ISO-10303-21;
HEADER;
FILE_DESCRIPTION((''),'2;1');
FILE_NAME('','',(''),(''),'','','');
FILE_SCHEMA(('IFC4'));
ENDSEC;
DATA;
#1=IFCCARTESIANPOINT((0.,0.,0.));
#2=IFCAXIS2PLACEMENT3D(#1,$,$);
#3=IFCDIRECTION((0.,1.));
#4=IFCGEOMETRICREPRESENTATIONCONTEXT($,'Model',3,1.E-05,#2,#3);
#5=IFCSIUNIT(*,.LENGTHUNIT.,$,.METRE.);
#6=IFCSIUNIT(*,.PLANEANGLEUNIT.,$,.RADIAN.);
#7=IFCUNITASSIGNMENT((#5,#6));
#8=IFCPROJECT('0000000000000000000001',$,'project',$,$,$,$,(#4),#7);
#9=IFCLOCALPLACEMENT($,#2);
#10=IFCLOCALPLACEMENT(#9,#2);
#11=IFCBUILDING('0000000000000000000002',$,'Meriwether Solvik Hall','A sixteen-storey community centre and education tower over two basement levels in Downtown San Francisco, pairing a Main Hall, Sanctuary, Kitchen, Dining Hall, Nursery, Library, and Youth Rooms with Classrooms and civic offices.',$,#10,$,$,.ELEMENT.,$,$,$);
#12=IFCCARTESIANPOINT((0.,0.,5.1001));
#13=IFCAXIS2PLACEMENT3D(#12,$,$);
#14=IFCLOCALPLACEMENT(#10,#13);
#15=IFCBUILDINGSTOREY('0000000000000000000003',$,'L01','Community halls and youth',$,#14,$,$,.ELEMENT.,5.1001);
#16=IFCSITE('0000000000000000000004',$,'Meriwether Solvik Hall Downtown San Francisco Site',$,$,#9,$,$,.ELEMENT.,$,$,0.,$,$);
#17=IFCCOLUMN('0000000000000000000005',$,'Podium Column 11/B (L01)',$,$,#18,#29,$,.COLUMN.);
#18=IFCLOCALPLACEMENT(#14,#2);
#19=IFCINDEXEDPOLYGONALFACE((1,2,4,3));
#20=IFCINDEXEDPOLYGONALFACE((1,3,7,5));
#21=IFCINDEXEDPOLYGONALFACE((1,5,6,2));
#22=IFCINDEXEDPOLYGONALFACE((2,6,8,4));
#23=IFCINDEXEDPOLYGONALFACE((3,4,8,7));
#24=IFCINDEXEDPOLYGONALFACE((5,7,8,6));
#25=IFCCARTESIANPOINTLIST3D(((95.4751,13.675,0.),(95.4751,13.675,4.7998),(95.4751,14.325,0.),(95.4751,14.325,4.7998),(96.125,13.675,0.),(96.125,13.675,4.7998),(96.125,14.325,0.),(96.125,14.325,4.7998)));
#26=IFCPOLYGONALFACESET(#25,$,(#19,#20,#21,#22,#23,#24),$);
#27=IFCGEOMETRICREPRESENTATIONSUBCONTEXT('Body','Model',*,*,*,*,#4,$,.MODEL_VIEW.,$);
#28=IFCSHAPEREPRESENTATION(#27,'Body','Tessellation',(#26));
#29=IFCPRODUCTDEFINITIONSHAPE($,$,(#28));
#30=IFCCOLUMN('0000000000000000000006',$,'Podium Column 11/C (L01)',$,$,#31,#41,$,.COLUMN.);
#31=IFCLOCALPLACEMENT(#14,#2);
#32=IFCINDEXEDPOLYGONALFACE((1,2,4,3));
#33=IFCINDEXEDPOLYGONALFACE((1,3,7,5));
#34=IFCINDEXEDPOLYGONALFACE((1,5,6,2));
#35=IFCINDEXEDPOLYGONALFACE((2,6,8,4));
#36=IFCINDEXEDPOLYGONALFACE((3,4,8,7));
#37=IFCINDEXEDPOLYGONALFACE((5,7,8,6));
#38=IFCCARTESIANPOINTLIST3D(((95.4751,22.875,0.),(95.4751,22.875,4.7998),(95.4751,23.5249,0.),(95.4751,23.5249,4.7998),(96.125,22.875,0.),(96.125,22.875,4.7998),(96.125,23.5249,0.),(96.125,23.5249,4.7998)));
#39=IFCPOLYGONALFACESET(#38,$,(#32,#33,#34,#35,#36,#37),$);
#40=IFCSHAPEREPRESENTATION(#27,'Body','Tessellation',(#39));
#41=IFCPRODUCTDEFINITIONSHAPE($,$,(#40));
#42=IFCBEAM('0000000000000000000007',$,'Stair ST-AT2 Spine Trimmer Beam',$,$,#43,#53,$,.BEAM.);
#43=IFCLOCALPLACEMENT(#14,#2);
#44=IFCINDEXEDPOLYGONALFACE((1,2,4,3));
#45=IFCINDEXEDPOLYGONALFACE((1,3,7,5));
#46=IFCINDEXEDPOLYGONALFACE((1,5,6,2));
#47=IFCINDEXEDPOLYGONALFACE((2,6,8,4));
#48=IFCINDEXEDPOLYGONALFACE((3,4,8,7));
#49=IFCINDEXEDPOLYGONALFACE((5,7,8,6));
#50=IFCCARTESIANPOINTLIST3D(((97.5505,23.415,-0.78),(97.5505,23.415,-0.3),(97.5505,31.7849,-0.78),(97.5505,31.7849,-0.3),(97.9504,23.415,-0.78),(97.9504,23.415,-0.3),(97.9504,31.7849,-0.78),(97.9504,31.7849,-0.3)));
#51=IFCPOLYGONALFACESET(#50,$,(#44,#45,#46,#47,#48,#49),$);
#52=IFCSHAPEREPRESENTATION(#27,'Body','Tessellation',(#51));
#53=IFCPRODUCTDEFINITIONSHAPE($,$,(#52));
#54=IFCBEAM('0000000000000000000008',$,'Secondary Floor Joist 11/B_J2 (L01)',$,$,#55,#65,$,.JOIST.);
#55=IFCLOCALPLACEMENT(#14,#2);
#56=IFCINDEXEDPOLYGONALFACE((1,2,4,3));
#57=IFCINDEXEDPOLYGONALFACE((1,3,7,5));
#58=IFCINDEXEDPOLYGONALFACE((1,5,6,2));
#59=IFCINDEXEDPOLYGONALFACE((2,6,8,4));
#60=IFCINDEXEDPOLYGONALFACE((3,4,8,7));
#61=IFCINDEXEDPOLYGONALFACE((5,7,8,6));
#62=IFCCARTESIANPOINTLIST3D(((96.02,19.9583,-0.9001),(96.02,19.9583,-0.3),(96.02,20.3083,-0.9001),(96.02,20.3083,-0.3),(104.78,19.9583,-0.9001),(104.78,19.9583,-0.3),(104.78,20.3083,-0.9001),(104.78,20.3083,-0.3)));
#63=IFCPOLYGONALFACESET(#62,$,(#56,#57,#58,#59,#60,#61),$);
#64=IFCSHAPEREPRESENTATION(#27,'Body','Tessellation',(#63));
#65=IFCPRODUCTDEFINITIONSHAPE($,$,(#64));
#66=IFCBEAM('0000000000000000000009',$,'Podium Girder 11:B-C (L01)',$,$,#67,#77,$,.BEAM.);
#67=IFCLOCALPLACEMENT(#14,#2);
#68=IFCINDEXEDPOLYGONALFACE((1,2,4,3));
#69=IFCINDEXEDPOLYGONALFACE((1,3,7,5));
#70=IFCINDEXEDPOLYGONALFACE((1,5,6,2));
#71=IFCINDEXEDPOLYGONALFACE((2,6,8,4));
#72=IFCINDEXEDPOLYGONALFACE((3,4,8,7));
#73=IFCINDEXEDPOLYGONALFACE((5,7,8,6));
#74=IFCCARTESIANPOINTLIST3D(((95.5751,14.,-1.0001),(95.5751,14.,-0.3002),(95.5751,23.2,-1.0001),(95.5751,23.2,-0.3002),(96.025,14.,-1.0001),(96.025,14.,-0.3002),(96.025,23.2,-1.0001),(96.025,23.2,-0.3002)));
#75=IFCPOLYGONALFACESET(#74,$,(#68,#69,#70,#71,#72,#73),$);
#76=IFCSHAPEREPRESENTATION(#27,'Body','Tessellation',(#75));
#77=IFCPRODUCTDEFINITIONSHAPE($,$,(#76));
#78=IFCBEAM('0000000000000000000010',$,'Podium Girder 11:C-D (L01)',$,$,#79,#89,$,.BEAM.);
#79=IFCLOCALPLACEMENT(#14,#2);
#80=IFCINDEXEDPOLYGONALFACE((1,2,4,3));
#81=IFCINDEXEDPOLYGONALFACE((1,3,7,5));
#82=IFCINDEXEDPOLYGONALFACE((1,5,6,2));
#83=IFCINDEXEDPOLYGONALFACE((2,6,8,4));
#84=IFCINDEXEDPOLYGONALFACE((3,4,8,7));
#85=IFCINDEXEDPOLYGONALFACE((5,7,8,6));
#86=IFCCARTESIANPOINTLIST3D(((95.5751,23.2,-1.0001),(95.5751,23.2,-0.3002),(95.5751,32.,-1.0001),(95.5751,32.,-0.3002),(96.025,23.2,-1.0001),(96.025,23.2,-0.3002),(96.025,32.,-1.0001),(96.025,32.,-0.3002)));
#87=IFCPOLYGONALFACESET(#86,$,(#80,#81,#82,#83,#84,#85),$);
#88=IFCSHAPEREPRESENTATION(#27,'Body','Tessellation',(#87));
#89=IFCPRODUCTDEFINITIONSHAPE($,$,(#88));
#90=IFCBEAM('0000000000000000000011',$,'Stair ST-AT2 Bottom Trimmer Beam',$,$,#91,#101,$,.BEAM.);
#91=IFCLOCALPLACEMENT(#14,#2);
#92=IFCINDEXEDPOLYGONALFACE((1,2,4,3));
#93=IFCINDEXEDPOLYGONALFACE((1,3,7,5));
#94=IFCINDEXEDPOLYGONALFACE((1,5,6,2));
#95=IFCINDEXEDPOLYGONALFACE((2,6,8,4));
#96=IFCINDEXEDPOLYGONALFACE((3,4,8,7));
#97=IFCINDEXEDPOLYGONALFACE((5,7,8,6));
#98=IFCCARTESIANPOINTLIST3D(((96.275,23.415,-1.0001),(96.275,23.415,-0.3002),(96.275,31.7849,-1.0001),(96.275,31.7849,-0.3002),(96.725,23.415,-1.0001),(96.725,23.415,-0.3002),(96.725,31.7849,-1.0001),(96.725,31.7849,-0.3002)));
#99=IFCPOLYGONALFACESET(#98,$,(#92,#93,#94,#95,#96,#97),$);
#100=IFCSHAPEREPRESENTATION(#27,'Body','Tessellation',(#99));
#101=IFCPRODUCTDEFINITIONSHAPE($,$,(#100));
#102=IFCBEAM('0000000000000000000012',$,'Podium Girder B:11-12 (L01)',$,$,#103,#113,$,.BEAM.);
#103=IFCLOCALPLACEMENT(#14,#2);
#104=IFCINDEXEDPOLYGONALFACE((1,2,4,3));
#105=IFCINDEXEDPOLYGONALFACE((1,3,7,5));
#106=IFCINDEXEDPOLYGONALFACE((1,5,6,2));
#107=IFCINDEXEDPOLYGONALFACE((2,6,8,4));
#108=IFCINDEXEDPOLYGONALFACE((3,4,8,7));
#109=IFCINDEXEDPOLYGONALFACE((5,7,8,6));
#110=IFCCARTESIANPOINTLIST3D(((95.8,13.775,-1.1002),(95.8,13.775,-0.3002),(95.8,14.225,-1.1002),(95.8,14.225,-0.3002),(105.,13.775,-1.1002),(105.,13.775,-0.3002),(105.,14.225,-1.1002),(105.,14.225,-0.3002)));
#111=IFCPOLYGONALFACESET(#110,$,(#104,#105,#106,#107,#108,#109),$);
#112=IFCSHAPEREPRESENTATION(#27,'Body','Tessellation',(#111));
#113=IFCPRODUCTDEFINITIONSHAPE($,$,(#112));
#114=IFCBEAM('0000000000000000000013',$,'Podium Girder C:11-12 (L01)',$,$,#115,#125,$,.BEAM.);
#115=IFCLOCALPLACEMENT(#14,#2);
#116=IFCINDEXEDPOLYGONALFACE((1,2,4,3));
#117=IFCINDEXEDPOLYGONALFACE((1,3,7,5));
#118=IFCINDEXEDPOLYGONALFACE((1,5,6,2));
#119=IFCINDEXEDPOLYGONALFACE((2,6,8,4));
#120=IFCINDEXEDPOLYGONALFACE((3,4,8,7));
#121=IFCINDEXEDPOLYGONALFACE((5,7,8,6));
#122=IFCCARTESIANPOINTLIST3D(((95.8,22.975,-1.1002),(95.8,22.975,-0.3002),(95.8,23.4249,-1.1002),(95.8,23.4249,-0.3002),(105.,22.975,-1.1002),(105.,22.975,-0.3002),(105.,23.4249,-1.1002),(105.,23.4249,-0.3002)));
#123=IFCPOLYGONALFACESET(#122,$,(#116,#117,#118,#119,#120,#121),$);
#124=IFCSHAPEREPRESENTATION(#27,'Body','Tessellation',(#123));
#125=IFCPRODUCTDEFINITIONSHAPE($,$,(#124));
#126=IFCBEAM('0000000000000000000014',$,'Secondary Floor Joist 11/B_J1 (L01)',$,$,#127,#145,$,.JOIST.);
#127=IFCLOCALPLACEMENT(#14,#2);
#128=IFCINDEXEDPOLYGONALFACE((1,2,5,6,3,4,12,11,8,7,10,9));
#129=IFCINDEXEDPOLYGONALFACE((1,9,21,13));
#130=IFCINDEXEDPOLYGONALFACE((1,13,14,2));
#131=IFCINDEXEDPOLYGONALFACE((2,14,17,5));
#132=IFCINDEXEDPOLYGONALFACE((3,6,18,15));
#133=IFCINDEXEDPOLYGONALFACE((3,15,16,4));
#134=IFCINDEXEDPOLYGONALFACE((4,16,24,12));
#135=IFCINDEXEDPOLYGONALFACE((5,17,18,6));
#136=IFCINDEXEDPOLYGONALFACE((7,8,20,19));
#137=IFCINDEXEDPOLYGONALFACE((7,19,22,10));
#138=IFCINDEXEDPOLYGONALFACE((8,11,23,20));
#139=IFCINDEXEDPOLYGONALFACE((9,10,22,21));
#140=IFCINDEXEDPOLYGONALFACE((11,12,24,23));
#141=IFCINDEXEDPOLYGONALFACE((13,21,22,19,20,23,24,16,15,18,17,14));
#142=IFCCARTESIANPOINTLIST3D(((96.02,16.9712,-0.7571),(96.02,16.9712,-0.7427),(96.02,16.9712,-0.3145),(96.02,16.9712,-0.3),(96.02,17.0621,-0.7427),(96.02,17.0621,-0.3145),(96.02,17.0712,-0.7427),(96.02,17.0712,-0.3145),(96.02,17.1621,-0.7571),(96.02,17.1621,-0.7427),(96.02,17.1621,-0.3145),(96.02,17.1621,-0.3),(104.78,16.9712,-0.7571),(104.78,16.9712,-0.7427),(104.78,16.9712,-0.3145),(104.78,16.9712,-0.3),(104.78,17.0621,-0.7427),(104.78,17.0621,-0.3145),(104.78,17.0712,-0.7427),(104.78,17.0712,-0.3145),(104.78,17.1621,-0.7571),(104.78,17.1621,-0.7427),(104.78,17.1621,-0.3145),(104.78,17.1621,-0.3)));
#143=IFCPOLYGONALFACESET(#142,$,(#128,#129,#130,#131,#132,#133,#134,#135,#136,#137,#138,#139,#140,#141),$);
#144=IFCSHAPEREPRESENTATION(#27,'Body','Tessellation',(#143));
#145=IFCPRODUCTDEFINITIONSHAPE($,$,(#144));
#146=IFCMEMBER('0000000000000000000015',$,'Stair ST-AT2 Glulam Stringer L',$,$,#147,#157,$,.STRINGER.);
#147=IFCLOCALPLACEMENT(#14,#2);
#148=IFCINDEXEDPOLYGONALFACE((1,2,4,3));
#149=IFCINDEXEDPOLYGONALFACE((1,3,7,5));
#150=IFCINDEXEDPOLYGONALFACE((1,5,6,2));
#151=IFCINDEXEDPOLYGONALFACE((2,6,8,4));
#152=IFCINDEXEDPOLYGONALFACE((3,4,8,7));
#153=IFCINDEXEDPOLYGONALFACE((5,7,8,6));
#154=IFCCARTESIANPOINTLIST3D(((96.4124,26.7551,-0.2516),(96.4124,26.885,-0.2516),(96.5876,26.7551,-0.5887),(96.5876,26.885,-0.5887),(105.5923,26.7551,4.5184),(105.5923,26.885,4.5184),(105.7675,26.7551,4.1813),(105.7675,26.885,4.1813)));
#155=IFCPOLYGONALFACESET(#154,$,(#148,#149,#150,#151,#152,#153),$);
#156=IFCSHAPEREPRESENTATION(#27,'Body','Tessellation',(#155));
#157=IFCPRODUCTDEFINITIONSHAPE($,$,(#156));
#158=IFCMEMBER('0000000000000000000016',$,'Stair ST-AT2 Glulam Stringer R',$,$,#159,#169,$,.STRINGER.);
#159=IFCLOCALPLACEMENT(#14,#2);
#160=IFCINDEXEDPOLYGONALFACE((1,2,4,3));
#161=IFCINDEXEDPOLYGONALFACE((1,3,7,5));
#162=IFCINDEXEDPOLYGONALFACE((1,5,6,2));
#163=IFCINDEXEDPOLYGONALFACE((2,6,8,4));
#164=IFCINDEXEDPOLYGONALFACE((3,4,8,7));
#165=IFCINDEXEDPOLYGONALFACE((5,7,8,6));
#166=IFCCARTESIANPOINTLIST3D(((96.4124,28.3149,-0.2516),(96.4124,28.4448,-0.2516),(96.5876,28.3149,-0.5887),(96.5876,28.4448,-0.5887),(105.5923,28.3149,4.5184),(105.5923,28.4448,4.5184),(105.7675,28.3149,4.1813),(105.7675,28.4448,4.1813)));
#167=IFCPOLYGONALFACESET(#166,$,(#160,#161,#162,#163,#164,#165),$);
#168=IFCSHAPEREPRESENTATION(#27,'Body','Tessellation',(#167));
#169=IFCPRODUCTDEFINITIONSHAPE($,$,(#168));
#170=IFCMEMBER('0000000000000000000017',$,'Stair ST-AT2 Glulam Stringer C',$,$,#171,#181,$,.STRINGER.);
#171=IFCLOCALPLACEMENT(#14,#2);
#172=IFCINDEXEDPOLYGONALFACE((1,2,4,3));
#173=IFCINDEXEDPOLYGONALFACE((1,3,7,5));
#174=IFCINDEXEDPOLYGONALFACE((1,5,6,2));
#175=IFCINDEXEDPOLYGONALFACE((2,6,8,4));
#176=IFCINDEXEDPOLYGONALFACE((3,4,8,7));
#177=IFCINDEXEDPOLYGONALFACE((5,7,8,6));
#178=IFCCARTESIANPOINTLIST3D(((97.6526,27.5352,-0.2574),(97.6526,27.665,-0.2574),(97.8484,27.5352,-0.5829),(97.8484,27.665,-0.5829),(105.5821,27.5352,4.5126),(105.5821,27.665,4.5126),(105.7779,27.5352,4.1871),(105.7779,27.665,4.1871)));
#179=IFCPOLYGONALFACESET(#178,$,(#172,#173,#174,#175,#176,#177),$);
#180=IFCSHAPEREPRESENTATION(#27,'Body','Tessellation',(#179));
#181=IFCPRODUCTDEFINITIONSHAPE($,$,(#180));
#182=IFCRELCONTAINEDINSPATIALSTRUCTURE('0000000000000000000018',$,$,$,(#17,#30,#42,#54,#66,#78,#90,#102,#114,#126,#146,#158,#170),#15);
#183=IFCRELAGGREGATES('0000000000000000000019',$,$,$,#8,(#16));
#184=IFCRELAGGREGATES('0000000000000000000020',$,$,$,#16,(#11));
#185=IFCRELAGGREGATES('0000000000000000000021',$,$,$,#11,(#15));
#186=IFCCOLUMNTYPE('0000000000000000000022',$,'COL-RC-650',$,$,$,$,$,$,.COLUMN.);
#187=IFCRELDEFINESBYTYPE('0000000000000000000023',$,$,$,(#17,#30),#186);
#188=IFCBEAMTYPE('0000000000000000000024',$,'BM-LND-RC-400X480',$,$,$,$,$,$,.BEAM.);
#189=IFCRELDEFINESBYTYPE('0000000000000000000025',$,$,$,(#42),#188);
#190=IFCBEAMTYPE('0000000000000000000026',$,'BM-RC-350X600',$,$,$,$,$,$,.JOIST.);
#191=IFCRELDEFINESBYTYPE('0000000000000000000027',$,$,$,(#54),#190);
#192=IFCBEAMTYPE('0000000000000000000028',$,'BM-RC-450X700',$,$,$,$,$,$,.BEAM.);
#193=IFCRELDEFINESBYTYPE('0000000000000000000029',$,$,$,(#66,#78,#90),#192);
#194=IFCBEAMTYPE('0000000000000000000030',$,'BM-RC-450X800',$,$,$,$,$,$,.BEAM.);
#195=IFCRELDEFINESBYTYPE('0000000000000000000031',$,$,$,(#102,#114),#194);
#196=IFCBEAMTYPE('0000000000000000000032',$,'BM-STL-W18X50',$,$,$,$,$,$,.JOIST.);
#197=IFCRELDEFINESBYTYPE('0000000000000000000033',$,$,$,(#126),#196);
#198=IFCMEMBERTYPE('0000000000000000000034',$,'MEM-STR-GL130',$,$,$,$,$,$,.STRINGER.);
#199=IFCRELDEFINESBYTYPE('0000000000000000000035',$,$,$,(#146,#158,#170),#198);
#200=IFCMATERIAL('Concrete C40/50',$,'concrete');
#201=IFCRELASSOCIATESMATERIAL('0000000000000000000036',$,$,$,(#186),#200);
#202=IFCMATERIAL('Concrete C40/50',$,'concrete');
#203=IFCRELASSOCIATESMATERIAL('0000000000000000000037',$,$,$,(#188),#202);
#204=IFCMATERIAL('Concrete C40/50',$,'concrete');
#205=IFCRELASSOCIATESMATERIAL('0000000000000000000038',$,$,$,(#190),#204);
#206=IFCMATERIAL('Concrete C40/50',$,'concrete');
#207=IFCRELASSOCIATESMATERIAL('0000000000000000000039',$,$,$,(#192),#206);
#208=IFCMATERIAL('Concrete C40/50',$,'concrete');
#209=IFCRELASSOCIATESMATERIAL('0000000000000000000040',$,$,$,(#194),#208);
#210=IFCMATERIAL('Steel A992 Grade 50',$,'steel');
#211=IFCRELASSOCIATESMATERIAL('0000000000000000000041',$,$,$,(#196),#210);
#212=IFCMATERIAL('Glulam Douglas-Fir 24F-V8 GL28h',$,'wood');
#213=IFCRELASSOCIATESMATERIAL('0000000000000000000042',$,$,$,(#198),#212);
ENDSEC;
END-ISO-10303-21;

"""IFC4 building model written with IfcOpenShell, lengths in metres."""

from ifc_helpers import new_model, si_unit, direction, frame, origin, origin_2d, place, context, subcontext, project, spatial, rectangle, i_section, extrude, material, material_profile, profile_set, type_object, element, save


model = new_model("IFC4")

# Units and contexts
model_context = context("Model", 3, precision=1e-05, world=origin(), true_north=direction((0.0, 1.0)))
body_context = subcontext(model_context, "Body", "Model", "MODEL_VIEW")
ifc_project = project(units=[si_unit("LENGTHUNIT", "METRE"), si_unit("PLANEANGLEUNIT", "RADIAN")], contexts=[model_context])

# Site, building, storey
site_placement = place(None, origin())
site = spatial("IfcSite", under=ifc_project, at=site_placement, Name="Meriwether Solvik Hall Downtown San Francisco Site", CompositionType="ELEMENT", RefElevation=0.0)
building_placement = place(site_placement, origin())
building = spatial("IfcBuilding", under=site, at=building_placement, Name="Meriwether Solvik Hall", Description="A sixteen-storey community centre and education tower over two basement levels in Downtown San Francisco, pairing a Main Hall, Sanctuary, Kitchen, Dining Hall, Nursery, Library, and Youth Rooms with Classrooms and civic offices.", CompositionType="ELEMENT")
storey_placement = place(building_placement, frame((0.0, 0.0, 5.1001)))
storey = spatial("IfcBuildingStorey", under=building, at=storey_placement, Name="L01", Description="Community halls and youth", CompositionType="ELEMENT", Elevation=5.1001)

# Columns
ifc_material_1 = material(Name="Concrete C40/50", Category="concrete")
ifc_material_profile_1 = material_profile(ifc_material_1, rectangle(XDim=0.6499, YDim=0.6499, at=origin_2d()), Name="RCC-650X650")
ifc_profile_set_1 = profile_set([ifc_material_profile_1], Name="Concrete C40/50")
column_type = type_object("IfcColumnType", Name="COL-RC-650", PredefinedType="COLUMN", material=ifc_profile_set_1)
for number, where, z_axis, x_axis, name in (
    (1, (95.8, 14.0, 0.0), (0.0, 0.0, 1.0), (1.0, 0.0, 0.0), "Podium Column 11/B (L01)"),
    (2, (95.8, 23.2, 0.0), (0.0, 0.0, 1.0), (1.0, 0.0, 0.0), "Podium Column 11/C (L01)"),
):
    element("IfcColumn", number, at=place(storey_placement, frame(where, z_axis=z_axis, x_axis=x_axis)), inside=storey, type_object=column_type, Name=name, PredefinedType="COLUMN", context=body_context, shape_type="SweptSolid", body=[
        extrude(rectangle(XDim=0.6499, YDim=0.6499, at=origin_2d()), origin(), (0.0, 0.0, 1.0), 4.7998),
    ])

# Beams
ifc_material_2 = material(Name="Concrete C40/50", Category="concrete")
ifc_material_profile_2 = material_profile(ifc_material_2, rectangle(XDim=0.3999, YDim=0.48, at=origin_2d()), Name="RCB-400X480")
ifc_profile_set_2 = profile_set([ifc_material_profile_2], Name="Concrete C40/50")
beam_type_1 = type_object("IfcBeamType", Name="BM-LND-RC-400X480", PredefinedType="BEAM", material=ifc_profile_set_2)
beam_1_placement = place(storey_placement, frame((97.7505, 23.415, -0.54), z_axis=(0.0, 1.0, 0.0), x_axis=(-1.0, 0.0, 0.0)))
element("IfcBeam", 3, at=beam_1_placement, inside=storey, type_object=beam_type_1, Name="Stair ST-AT2 Spine Trimmer Beam", PredefinedType="BEAM", context=body_context, shape_type="SweptSolid", body=[
    extrude(rectangle(XDim=0.3999, YDim=0.48, at=origin_2d()), origin(), (0.0, 0.0, 1.0), 8.3699),
])
ifc_material_3 = material(Name="Concrete C40/50", Category="concrete")
ifc_material_profile_3 = material_profile(ifc_material_3, rectangle(XDim=0.3501, YDim=0.6001, at=origin_2d()), Name="RCB-350X600")
ifc_profile_set_3 = profile_set([ifc_material_profile_3], Name="Concrete C40/50")
beam_type_2 = type_object("IfcBeamType", Name="BM-RC-350X600", PredefinedType="JOIST", material=ifc_profile_set_3)
beam_2_placement = place(storey_placement, frame((96.02, 20.1333, -0.6001), z_axis=(1.0, 0.0, 0.0), x_axis=(0.0, 1.0, 0.0)))
element("IfcBeam", 4, at=beam_2_placement, inside=storey, type_object=beam_type_2, Name="Secondary Floor Joist 11/B_J2 (L01)", PredefinedType="JOIST", context=body_context, shape_type="SweptSolid", body=[
    extrude(rectangle(XDim=0.3501, YDim=0.6001, at=origin_2d()), origin(), (0.0, 0.0, 1.0), 8.76),
])
ifc_material_4 = material(Name="Concrete C40/50", Category="concrete")
ifc_material_profile_4 = material_profile(ifc_material_4, rectangle(XDim=0.45, YDim=0.7, at=origin_2d()), Name="RCB-450X700")
ifc_profile_set_4 = profile_set([ifc_material_profile_4], Name="Concrete C40/50")
beam_type_3 = type_object("IfcBeamType", Name="BM-RC-450X700", PredefinedType="BEAM", material=ifc_profile_set_4)
beam_3_placement = place(storey_placement, frame((95.8, 14.0, -0.6501), z_axis=(0.0, 1.0, 0.0), x_axis=(-1.0, 0.0, 0.0)))
element("IfcBeam", 5, at=beam_3_placement, inside=storey, type_object=beam_type_3, Name="Podium Girder 11:B-C (L01)", PredefinedType="BEAM", context=body_context, shape_type="SweptSolid", body=[
    extrude(rectangle(XDim=0.45, YDim=0.7, at=origin_2d()), origin(), (0.0, 0.0, 1.0), 9.2),
])
beam_4_placement = place(storey_placement, frame((95.8, 23.2, -0.6501), z_axis=(0.0, 1.0, 0.0), x_axis=(-1.0, 0.0, 0.0)))
element("IfcBeam", 6, at=beam_4_placement, inside=storey, type_object=beam_type_3, Name="Podium Girder 11:C-D (L01)", PredefinedType="BEAM", context=body_context, shape_type="SweptSolid", body=[
    extrude(rectangle(XDim=0.45, YDim=0.7, at=origin_2d()), origin(), (0.0, 0.0, 1.0), 8.8),
])
beam_5_placement = place(storey_placement, frame((96.5, 23.415, -0.6501), z_axis=(0.0, 1.0, 0.0), x_axis=(-1.0, 0.0, 0.0)))
element("IfcBeam", 7, at=beam_5_placement, inside=storey, type_object=beam_type_3, Name="Stair ST-AT2 Bottom Trimmer Beam", PredefinedType="BEAM", context=body_context, shape_type="SweptSolid", body=[
    extrude(rectangle(XDim=0.45, YDim=0.7, at=origin_2d()), origin(), (0.0, 0.0, 1.0), 8.3699),
])
ifc_material_5 = material(Name="Concrete C40/50", Category="concrete")
ifc_material_profile_5 = material_profile(ifc_material_5, rectangle(XDim=0.45, YDim=0.8, at=origin_2d()), Name="RCB-450X800")
ifc_profile_set_5 = profile_set([ifc_material_profile_5], Name="Concrete C40/50")
beam_type_4 = type_object("IfcBeamType", Name="BM-RC-450X800", PredefinedType="BEAM", material=ifc_profile_set_5)
for number, where, z_axis, x_axis, name in (
    (8, (95.8, 14.0, -0.7002), (1.0, 0.0, 0.0), (0.0, 1.0, 0.0), "Podium Girder B:11-12 (L01)"),
    (9, (95.8, 23.2, -0.7002), (1.0, 0.0, 0.0), (0.0, 1.0, 0.0), "Podium Girder C:11-12 (L01)"),
):
    element("IfcBeam", number, at=place(storey_placement, frame(where, z_axis=z_axis, x_axis=x_axis)), inside=storey, type_object=beam_type_4, Name=name, PredefinedType="BEAM", context=body_context, shape_type="SweptSolid", body=[
        extrude(rectangle(XDim=0.45, YDim=0.8, at=origin_2d()), origin(), (0.0, 0.0, 1.0), 9.2),
    ])
ifc_material_6 = material(Name="Steel A992 Grade 50", Category="steel")
ifc_material_profile_6 = material_profile(ifc_material_6, i_section(OverallWidth=0.1909, OverallDepth=0.457, WebThickness=0.009, FlangeThickness=0.0144, at=origin_2d()), Name="W18X50")
ifc_profile_set_6 = profile_set([ifc_material_profile_6], Name="Steel A992 Grade 50")
beam_type_5 = type_object("IfcBeamType", Name="BM-STL-W18X50", PredefinedType="JOIST", material=ifc_profile_set_6)
beam_6_placement = place(storey_placement, frame((96.02, 17.0667, -0.5286), z_axis=(1.0, 0.0, 0.0), x_axis=(0.0, 1.0, 0.0)))
element("IfcBeam", 10, at=beam_6_placement, inside=storey, type_object=beam_type_5, Name="Secondary Floor Joist 11/B_J1 (L01)", PredefinedType="JOIST", context=body_context, shape_type="SweptSolid", body=[
    extrude(i_section(OverallWidth=0.1909, OverallDepth=0.457, WebThickness=0.009, FlangeThickness=0.0144, at=origin_2d()), origin(), (0.0, 0.0, 1.0), 8.76),
])

# Members
ifc_material_7 = material(Name="Glulam Douglas-Fir 24F-V8 GL28h", Category="wood")
ifc_material_profile_7 = material_profile(ifc_material_7, rectangle(XDim=0.1299, YDim=0.3799, at=origin_2d()), Name="GLM-130X380")
ifc_profile_set_7 = profile_set([ifc_material_profile_7], Name="Glulam Douglas-Fir 24F-V8 GL28h")
member_type = type_object("IfcMemberType", Name="MEM-STR-GL130", PredefinedType="STRINGER", material=ifc_profile_set_7)
for number, where, z_axis, x_axis, name in (
    (11, (96.5, 26.8201, -0.4202), (0.887357, 0.0, 0.461083), (0.0, 1.0, 0.0), "Stair ST-AT2 Glulam Stringer L"),
    (12, (96.5, 28.3799, -0.4202), (0.887357, 0.0, 0.461083), (0.0, 1.0, 0.0), "Stair ST-AT2 Glulam Stringer R"),
):
    element("IfcMember", number, at=place(storey_placement, frame(where, z_axis=z_axis, x_axis=x_axis)), inside=storey, type_object=member_type, Name=name, PredefinedType="STRINGER", context=body_context, shape_type="SweptSolid", body=[
        extrude(rectangle(XDim=0.1299, YDim=0.3799, at=origin_2d()), origin(), (0.0, 0.0, 1.0), 10.3452),
    ])
member_placement = place(storey_placement, frame((97.7505, 27.6001, -0.4202), z_axis=(0.856903, 0.0, 0.515477), x_axis=(0.0, 1.0, 0.0)))
element("IfcMember", 13, at=member_placement, inside=storey, type_object=member_type, Name="Stair ST-AT2 Glulam Stringer C", PredefinedType="STRINGER", context=body_context, shape_type="SweptSolid", body=[
    extrude(rectangle(XDim=0.1299, YDim=0.3799, at=origin_2d()), origin(), (0.0, 0.0, 1.0), 9.2537),
])

save(model, "model.ifc")
